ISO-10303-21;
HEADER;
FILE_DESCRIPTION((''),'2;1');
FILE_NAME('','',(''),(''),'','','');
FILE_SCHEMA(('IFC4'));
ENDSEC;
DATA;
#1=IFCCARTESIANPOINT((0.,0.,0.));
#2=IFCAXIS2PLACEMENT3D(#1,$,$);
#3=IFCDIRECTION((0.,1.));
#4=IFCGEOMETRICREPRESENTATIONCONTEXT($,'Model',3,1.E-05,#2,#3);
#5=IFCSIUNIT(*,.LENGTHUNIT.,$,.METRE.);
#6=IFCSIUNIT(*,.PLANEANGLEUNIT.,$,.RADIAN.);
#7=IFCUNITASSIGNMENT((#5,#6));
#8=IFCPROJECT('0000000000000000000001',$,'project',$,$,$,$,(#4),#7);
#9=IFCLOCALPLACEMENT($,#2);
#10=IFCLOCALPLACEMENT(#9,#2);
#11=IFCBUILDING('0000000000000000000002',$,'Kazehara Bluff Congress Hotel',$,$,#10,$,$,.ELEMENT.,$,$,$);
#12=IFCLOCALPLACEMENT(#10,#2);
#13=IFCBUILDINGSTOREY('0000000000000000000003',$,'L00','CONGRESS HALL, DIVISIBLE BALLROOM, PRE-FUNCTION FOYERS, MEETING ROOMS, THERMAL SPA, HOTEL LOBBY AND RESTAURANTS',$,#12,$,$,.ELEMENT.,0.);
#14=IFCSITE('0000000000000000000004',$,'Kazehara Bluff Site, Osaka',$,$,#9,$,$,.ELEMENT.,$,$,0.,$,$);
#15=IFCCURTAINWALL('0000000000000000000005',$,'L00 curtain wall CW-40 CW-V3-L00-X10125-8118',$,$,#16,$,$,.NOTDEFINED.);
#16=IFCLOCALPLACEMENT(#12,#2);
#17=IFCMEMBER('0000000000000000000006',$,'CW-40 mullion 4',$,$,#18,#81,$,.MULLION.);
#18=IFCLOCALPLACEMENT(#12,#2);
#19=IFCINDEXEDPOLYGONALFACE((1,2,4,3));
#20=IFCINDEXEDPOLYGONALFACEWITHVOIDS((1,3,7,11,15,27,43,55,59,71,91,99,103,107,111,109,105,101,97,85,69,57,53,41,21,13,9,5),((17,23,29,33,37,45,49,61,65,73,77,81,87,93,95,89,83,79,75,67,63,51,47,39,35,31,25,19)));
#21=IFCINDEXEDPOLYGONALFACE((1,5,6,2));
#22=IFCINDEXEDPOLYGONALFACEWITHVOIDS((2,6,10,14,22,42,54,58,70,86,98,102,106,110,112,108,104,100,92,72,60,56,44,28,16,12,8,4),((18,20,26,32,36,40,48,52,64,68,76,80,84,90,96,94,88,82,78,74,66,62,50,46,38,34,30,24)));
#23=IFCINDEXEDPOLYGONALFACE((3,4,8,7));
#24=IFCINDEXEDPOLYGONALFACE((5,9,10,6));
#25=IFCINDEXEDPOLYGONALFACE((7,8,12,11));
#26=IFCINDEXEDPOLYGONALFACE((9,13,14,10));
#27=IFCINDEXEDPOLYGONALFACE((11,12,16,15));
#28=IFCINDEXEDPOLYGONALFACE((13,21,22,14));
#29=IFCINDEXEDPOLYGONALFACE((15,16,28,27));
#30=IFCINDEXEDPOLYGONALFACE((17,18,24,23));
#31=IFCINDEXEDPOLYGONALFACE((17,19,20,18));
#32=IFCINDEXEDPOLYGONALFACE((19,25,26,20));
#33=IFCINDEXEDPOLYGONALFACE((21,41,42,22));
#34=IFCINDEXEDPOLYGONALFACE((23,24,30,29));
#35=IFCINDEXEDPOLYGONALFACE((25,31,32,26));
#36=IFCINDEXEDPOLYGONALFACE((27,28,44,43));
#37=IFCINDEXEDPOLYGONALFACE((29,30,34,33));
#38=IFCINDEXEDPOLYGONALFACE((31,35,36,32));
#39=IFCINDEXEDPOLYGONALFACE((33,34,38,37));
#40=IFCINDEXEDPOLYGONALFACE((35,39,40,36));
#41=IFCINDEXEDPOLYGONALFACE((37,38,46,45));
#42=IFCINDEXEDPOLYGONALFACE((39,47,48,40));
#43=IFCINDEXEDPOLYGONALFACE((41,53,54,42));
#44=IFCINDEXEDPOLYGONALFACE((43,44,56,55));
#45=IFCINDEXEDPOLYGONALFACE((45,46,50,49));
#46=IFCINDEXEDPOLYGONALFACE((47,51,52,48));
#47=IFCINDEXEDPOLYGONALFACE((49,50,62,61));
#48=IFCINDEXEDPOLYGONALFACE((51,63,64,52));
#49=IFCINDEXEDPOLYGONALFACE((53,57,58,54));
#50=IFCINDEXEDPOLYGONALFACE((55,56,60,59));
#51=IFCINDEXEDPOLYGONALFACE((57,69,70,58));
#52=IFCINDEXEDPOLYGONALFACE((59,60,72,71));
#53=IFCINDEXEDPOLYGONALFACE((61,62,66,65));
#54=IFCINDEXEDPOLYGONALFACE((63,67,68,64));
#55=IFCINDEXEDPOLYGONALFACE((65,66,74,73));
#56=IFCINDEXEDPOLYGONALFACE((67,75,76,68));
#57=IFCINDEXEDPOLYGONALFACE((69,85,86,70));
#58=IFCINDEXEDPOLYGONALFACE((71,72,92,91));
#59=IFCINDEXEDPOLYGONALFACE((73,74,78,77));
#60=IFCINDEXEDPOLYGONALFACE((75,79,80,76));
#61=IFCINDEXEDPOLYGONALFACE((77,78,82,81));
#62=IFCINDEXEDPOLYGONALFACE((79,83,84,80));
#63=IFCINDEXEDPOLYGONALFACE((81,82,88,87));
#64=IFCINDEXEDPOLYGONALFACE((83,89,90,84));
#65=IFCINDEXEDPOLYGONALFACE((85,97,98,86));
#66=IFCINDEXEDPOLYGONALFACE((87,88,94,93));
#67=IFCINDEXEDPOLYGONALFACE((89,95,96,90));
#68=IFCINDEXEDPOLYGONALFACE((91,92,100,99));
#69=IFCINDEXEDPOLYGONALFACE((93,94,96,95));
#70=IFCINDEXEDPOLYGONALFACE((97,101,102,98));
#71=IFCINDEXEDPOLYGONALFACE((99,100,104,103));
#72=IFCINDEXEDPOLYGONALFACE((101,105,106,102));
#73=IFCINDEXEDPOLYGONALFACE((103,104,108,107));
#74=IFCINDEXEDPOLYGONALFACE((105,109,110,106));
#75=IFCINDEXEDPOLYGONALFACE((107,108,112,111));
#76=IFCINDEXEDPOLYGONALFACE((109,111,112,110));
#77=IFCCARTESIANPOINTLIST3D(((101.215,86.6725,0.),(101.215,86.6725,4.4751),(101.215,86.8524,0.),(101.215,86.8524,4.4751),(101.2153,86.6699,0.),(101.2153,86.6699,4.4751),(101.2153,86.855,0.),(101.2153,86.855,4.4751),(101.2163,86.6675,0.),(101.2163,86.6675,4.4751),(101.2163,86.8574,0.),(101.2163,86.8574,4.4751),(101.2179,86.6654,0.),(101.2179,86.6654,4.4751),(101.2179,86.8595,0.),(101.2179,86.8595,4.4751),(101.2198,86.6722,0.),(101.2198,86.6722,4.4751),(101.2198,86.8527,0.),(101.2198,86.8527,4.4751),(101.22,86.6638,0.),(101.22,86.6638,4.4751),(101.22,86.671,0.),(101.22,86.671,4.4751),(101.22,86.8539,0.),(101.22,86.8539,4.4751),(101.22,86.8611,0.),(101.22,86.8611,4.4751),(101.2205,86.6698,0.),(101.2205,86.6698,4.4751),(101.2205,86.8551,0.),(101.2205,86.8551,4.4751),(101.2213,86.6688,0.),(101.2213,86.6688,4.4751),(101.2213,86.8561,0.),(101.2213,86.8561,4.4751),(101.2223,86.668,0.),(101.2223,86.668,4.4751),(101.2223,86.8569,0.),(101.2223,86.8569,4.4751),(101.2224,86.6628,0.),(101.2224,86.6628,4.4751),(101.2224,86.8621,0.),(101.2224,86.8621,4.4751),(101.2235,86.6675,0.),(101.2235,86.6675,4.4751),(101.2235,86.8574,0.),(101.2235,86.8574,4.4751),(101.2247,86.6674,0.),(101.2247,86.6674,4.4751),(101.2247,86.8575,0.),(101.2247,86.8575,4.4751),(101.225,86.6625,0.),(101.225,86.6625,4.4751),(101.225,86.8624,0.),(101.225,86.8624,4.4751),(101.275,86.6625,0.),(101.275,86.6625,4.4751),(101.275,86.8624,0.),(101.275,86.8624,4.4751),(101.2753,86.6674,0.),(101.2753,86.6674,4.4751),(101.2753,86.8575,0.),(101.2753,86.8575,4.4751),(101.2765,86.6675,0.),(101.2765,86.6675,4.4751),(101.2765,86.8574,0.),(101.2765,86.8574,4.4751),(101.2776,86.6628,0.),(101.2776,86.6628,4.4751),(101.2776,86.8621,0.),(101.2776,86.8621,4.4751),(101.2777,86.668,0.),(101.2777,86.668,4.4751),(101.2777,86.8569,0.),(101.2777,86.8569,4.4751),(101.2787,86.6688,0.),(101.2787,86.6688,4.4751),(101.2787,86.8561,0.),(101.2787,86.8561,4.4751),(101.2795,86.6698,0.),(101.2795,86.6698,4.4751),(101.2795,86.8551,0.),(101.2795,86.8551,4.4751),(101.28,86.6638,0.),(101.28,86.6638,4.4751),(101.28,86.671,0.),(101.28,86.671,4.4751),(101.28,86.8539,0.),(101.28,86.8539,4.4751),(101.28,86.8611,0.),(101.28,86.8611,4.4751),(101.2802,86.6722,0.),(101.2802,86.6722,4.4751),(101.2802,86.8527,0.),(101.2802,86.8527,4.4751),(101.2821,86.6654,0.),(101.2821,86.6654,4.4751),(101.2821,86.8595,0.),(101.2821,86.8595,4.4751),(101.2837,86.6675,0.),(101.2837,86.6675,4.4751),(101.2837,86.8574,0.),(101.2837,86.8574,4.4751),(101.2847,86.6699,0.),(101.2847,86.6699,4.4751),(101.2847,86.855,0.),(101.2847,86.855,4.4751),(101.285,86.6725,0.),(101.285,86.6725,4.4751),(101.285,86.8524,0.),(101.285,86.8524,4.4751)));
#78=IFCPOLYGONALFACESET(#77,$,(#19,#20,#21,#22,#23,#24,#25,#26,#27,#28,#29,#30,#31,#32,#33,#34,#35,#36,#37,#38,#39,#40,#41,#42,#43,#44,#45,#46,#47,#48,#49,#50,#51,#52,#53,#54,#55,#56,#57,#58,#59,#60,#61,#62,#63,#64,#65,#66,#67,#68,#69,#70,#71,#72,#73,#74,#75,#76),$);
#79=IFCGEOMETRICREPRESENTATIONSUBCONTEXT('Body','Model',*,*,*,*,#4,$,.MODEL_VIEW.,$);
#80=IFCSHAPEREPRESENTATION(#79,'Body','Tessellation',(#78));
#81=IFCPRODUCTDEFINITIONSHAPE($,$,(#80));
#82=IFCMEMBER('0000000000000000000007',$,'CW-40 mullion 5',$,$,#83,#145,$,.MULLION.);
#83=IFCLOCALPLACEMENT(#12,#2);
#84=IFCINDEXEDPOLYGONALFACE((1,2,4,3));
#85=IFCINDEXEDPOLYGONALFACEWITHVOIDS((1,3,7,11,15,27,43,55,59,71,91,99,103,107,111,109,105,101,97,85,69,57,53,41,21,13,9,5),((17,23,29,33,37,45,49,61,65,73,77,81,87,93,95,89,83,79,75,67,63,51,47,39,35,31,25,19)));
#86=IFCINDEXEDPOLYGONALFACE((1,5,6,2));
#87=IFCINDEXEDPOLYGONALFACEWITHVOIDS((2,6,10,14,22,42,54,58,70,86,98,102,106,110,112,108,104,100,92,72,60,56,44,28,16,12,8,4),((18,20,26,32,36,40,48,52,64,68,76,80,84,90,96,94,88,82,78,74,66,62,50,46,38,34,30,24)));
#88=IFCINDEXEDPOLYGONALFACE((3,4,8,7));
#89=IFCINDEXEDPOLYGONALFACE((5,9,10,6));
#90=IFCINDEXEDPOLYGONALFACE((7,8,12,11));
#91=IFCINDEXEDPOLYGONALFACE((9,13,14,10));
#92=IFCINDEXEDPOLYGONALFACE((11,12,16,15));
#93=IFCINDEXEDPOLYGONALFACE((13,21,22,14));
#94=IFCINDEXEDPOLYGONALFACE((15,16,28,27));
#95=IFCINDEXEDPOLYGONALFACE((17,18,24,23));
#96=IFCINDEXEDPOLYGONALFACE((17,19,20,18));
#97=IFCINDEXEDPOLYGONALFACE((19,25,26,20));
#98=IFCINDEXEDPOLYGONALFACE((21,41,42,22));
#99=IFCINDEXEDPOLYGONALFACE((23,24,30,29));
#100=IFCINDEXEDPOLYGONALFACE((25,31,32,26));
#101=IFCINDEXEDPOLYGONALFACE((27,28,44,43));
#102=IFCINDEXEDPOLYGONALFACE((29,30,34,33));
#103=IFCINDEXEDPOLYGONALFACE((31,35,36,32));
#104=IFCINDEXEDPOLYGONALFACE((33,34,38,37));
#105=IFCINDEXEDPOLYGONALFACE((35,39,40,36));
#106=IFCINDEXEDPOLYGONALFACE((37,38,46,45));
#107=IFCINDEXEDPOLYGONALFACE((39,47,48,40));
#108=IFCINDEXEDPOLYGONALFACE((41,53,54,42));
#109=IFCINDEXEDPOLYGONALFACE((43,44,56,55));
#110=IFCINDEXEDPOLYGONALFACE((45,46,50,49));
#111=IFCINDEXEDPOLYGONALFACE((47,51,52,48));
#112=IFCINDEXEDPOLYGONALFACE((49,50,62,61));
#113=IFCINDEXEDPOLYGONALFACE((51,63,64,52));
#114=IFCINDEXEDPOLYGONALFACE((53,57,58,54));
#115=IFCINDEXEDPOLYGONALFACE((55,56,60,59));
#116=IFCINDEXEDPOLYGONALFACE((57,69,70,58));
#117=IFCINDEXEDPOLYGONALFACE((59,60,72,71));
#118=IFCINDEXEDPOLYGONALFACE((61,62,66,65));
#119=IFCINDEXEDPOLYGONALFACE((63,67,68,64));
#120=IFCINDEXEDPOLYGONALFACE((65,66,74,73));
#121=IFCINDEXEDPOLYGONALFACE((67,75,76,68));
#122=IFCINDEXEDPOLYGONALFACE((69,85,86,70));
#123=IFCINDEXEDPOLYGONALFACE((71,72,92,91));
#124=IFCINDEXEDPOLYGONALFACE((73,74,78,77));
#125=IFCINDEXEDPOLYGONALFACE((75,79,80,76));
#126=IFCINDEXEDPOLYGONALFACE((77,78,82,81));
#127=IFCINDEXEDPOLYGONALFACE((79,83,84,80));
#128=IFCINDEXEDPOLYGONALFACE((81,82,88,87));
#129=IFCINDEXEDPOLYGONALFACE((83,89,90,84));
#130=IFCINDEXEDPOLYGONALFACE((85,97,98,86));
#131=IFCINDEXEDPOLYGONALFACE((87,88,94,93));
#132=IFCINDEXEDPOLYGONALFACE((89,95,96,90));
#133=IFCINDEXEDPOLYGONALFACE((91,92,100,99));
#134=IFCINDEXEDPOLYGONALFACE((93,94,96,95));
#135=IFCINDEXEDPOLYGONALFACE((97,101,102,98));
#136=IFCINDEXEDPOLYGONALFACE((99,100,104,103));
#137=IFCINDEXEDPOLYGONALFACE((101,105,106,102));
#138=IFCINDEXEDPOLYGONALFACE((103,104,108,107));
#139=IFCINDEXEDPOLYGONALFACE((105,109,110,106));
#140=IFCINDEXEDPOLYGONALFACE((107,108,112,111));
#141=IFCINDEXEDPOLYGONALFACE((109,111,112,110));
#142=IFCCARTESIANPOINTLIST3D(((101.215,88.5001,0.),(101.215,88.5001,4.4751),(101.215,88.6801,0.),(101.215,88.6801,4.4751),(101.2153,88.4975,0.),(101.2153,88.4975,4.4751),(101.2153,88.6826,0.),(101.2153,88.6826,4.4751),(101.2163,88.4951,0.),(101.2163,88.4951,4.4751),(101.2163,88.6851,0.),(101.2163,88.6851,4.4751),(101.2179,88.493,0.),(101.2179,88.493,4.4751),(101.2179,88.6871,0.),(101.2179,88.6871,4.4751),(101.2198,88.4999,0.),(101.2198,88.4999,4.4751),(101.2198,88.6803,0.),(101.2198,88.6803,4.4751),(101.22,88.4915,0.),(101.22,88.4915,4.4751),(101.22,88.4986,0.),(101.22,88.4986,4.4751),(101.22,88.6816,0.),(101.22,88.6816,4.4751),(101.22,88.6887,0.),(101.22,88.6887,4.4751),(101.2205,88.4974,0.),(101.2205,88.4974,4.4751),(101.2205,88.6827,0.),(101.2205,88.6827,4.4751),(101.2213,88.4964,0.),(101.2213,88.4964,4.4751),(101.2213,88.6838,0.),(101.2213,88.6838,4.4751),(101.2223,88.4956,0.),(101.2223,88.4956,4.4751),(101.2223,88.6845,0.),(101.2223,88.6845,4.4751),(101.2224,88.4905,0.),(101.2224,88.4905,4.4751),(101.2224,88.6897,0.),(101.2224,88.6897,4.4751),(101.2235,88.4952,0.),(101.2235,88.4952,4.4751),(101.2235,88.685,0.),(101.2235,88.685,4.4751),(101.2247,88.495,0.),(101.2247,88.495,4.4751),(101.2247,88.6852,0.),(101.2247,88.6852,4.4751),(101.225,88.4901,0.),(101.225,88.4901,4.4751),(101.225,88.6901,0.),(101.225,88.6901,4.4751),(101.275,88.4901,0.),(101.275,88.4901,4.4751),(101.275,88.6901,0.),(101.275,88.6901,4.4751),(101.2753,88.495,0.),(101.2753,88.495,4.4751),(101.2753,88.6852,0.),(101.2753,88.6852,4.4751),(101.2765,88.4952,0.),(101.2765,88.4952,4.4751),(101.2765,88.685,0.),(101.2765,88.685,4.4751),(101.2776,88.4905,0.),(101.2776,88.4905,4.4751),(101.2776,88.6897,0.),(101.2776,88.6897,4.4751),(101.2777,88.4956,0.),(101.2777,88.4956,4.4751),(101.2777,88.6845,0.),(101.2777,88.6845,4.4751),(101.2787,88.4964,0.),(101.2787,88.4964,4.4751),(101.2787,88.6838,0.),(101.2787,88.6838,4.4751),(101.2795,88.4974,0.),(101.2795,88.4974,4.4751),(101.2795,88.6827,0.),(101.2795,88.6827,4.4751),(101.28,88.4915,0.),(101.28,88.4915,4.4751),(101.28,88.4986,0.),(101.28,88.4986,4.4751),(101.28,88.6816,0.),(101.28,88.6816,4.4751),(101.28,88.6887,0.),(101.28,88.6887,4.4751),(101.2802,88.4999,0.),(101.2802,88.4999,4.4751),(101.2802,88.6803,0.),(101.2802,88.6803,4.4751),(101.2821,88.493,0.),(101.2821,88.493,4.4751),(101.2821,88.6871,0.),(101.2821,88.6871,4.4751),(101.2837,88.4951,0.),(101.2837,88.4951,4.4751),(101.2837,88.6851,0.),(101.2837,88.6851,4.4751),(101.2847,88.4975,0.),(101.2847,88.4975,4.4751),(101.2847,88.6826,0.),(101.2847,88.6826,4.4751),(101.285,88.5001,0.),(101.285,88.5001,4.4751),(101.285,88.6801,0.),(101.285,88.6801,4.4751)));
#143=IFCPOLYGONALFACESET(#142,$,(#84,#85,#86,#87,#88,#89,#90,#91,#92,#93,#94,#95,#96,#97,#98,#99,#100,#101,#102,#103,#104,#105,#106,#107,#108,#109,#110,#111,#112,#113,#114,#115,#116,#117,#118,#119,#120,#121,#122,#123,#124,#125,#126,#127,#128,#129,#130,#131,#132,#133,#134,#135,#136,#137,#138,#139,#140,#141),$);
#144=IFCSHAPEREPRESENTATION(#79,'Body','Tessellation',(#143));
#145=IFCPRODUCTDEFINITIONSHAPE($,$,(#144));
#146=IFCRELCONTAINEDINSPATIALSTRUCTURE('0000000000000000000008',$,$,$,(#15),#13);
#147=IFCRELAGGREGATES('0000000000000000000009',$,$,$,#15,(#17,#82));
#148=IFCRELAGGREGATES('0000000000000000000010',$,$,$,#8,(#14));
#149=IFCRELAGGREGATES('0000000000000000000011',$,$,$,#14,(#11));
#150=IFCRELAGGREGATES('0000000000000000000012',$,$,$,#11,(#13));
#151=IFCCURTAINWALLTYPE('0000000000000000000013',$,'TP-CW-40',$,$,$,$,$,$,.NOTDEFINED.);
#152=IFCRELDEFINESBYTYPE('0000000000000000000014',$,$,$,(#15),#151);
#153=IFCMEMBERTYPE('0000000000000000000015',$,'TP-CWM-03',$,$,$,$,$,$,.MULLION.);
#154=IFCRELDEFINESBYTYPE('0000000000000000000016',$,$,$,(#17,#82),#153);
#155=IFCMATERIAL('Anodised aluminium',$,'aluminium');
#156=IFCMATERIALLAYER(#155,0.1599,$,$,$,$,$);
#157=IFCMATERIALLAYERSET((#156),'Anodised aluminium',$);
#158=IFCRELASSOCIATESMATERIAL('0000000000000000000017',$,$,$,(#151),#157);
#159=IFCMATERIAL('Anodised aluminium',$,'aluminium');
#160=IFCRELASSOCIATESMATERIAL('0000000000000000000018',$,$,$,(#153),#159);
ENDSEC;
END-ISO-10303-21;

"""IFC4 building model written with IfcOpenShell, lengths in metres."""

from ifc_helpers import new_model, si_unit, direction, frame, origin, origin_2d, place, context, subcontext, project, spatial, hollow_rectangle, extrude, material, layer, layer_set, material_profile, profile_set, type_object, element, aggregate, save


model = new_model("IFC4")

# Units and contexts
model_context = context("Model", 3, precision=1e-05, world=origin(), true_north=direction((0.0, 1.0)))
body_context = subcontext(model_context, "Body", "Model", "MODEL_VIEW")
ifc_project = project(units=[si_unit("LENGTHUNIT", "METRE"), si_unit("PLANEANGLEUNIT", "RADIAN")], contexts=[model_context])

# Site, building, storey
site_placement = place(None, origin())
site = spatial("IfcSite", under=ifc_project, at=site_placement, Name="Kazehara Bluff Site, Osaka", CompositionType="ELEMENT", RefElevation=0.0)
building_placement = place(site_placement, origin())
building = spatial("IfcBuilding", under=site, at=building_placement, Name="Kazehara Bluff Congress Hotel", CompositionType="ELEMENT")
storey_placement = place(building_placement, origin())
storey = spatial("IfcBuildingStorey", under=building, at=storey_placement, Name="L00", Description="CONGRESS HALL, DIVISIBLE BALLROOM, PRE-FUNCTION FOYERS, MEETING ROOMS, THERMAL SPA, HOTEL LOBBY AND RESTAURANTS", CompositionType="ELEMENT", Elevation=0.0)

# Curtain wall, members
ifc_material_1 = material(Name="Anodised aluminium", Category="aluminium")
ifc_layer_1 = layer(ifc_material_1, 0.1599)
ifc_layer_set_1 = layer_set([ifc_layer_1], Name="Anodised aluminium")
curtain_wall_type = type_object("IfcCurtainWallType", Name="TP-CW-40", PredefinedType="NOTDEFINED", material=ifc_layer_set_1)
curtain_wall_1_placement = place(storey_placement, origin())
curtain_wall_1 = element("IfcCurtainWall", 1, at=curtain_wall_1_placement, inside=storey, type_object=curtain_wall_type, Name="L00 curtain wall CW-40 CW-V3-L00-X10125-8118", PredefinedType="NOTDEFINED")
ifc_material_2 = material(Name="Anodised aluminium", Category="aluminium")
ifc_material_profile_1 = material_profile(ifc_material_2, hollow_rectangle(XDim=0.0701, YDim=0.2, WallThickness=0.0049, InnerFilletRadius=0.0049, OuterFilletRadius=0.01, at=origin_2d()))
ifc_profile_set_1 = profile_set([ifc_material_profile_1], Name="Anodised aluminium")
member_type_1 = type_object("IfcMemberType", Name="TP-CWM-03", PredefinedType="MULLION", material=ifc_profile_set_1)
member_1_placement = place(storey_placement, frame((101.25, 86.7625, 0.0), z_axis=(0.0, 0.0, 1.0), x_axis=(-1.0, 0.0, 0.0)))
member_1 = element("IfcMember", 2, at=member_1_placement, type_object=member_type_1, Name="CW-40 mullion 4", PredefinedType="MULLION", context=body_context, shape_type="SweptSolid", body=[
    extrude(hollow_rectangle(XDim=0.0701, YDim=0.2, WallThickness=0.0049, InnerFilletRadius=0.0049, OuterFilletRadius=0.01, at=origin_2d()), origin(), (0.0, 0.0, 1.0), 4.4751),
])
member_2_placement = place(storey_placement, frame((101.25, 88.5901, 0.0), z_axis=(0.0, 0.0, 1.0), x_axis=(-1.0, 0.0, 0.0)))
member_2 = element("IfcMember", 3, at=member_2_placement, type_object=member_type_1, Name="CW-40 mullion 5", PredefinedType="MULLION", context=body_context, shape_type="SweptSolid", body=[
    extrude(hollow_rectangle(XDim=0.0701, YDim=0.2, WallThickness=0.0049, InnerFilletRadius=0.0049, OuterFilletRadius=0.01, at=origin_2d()), origin(), (0.0, 0.0, 1.0), 4.4751),
])

aggregate(curtain_wall_1, [member_1, member_2])

save(model, "model.ifc")
